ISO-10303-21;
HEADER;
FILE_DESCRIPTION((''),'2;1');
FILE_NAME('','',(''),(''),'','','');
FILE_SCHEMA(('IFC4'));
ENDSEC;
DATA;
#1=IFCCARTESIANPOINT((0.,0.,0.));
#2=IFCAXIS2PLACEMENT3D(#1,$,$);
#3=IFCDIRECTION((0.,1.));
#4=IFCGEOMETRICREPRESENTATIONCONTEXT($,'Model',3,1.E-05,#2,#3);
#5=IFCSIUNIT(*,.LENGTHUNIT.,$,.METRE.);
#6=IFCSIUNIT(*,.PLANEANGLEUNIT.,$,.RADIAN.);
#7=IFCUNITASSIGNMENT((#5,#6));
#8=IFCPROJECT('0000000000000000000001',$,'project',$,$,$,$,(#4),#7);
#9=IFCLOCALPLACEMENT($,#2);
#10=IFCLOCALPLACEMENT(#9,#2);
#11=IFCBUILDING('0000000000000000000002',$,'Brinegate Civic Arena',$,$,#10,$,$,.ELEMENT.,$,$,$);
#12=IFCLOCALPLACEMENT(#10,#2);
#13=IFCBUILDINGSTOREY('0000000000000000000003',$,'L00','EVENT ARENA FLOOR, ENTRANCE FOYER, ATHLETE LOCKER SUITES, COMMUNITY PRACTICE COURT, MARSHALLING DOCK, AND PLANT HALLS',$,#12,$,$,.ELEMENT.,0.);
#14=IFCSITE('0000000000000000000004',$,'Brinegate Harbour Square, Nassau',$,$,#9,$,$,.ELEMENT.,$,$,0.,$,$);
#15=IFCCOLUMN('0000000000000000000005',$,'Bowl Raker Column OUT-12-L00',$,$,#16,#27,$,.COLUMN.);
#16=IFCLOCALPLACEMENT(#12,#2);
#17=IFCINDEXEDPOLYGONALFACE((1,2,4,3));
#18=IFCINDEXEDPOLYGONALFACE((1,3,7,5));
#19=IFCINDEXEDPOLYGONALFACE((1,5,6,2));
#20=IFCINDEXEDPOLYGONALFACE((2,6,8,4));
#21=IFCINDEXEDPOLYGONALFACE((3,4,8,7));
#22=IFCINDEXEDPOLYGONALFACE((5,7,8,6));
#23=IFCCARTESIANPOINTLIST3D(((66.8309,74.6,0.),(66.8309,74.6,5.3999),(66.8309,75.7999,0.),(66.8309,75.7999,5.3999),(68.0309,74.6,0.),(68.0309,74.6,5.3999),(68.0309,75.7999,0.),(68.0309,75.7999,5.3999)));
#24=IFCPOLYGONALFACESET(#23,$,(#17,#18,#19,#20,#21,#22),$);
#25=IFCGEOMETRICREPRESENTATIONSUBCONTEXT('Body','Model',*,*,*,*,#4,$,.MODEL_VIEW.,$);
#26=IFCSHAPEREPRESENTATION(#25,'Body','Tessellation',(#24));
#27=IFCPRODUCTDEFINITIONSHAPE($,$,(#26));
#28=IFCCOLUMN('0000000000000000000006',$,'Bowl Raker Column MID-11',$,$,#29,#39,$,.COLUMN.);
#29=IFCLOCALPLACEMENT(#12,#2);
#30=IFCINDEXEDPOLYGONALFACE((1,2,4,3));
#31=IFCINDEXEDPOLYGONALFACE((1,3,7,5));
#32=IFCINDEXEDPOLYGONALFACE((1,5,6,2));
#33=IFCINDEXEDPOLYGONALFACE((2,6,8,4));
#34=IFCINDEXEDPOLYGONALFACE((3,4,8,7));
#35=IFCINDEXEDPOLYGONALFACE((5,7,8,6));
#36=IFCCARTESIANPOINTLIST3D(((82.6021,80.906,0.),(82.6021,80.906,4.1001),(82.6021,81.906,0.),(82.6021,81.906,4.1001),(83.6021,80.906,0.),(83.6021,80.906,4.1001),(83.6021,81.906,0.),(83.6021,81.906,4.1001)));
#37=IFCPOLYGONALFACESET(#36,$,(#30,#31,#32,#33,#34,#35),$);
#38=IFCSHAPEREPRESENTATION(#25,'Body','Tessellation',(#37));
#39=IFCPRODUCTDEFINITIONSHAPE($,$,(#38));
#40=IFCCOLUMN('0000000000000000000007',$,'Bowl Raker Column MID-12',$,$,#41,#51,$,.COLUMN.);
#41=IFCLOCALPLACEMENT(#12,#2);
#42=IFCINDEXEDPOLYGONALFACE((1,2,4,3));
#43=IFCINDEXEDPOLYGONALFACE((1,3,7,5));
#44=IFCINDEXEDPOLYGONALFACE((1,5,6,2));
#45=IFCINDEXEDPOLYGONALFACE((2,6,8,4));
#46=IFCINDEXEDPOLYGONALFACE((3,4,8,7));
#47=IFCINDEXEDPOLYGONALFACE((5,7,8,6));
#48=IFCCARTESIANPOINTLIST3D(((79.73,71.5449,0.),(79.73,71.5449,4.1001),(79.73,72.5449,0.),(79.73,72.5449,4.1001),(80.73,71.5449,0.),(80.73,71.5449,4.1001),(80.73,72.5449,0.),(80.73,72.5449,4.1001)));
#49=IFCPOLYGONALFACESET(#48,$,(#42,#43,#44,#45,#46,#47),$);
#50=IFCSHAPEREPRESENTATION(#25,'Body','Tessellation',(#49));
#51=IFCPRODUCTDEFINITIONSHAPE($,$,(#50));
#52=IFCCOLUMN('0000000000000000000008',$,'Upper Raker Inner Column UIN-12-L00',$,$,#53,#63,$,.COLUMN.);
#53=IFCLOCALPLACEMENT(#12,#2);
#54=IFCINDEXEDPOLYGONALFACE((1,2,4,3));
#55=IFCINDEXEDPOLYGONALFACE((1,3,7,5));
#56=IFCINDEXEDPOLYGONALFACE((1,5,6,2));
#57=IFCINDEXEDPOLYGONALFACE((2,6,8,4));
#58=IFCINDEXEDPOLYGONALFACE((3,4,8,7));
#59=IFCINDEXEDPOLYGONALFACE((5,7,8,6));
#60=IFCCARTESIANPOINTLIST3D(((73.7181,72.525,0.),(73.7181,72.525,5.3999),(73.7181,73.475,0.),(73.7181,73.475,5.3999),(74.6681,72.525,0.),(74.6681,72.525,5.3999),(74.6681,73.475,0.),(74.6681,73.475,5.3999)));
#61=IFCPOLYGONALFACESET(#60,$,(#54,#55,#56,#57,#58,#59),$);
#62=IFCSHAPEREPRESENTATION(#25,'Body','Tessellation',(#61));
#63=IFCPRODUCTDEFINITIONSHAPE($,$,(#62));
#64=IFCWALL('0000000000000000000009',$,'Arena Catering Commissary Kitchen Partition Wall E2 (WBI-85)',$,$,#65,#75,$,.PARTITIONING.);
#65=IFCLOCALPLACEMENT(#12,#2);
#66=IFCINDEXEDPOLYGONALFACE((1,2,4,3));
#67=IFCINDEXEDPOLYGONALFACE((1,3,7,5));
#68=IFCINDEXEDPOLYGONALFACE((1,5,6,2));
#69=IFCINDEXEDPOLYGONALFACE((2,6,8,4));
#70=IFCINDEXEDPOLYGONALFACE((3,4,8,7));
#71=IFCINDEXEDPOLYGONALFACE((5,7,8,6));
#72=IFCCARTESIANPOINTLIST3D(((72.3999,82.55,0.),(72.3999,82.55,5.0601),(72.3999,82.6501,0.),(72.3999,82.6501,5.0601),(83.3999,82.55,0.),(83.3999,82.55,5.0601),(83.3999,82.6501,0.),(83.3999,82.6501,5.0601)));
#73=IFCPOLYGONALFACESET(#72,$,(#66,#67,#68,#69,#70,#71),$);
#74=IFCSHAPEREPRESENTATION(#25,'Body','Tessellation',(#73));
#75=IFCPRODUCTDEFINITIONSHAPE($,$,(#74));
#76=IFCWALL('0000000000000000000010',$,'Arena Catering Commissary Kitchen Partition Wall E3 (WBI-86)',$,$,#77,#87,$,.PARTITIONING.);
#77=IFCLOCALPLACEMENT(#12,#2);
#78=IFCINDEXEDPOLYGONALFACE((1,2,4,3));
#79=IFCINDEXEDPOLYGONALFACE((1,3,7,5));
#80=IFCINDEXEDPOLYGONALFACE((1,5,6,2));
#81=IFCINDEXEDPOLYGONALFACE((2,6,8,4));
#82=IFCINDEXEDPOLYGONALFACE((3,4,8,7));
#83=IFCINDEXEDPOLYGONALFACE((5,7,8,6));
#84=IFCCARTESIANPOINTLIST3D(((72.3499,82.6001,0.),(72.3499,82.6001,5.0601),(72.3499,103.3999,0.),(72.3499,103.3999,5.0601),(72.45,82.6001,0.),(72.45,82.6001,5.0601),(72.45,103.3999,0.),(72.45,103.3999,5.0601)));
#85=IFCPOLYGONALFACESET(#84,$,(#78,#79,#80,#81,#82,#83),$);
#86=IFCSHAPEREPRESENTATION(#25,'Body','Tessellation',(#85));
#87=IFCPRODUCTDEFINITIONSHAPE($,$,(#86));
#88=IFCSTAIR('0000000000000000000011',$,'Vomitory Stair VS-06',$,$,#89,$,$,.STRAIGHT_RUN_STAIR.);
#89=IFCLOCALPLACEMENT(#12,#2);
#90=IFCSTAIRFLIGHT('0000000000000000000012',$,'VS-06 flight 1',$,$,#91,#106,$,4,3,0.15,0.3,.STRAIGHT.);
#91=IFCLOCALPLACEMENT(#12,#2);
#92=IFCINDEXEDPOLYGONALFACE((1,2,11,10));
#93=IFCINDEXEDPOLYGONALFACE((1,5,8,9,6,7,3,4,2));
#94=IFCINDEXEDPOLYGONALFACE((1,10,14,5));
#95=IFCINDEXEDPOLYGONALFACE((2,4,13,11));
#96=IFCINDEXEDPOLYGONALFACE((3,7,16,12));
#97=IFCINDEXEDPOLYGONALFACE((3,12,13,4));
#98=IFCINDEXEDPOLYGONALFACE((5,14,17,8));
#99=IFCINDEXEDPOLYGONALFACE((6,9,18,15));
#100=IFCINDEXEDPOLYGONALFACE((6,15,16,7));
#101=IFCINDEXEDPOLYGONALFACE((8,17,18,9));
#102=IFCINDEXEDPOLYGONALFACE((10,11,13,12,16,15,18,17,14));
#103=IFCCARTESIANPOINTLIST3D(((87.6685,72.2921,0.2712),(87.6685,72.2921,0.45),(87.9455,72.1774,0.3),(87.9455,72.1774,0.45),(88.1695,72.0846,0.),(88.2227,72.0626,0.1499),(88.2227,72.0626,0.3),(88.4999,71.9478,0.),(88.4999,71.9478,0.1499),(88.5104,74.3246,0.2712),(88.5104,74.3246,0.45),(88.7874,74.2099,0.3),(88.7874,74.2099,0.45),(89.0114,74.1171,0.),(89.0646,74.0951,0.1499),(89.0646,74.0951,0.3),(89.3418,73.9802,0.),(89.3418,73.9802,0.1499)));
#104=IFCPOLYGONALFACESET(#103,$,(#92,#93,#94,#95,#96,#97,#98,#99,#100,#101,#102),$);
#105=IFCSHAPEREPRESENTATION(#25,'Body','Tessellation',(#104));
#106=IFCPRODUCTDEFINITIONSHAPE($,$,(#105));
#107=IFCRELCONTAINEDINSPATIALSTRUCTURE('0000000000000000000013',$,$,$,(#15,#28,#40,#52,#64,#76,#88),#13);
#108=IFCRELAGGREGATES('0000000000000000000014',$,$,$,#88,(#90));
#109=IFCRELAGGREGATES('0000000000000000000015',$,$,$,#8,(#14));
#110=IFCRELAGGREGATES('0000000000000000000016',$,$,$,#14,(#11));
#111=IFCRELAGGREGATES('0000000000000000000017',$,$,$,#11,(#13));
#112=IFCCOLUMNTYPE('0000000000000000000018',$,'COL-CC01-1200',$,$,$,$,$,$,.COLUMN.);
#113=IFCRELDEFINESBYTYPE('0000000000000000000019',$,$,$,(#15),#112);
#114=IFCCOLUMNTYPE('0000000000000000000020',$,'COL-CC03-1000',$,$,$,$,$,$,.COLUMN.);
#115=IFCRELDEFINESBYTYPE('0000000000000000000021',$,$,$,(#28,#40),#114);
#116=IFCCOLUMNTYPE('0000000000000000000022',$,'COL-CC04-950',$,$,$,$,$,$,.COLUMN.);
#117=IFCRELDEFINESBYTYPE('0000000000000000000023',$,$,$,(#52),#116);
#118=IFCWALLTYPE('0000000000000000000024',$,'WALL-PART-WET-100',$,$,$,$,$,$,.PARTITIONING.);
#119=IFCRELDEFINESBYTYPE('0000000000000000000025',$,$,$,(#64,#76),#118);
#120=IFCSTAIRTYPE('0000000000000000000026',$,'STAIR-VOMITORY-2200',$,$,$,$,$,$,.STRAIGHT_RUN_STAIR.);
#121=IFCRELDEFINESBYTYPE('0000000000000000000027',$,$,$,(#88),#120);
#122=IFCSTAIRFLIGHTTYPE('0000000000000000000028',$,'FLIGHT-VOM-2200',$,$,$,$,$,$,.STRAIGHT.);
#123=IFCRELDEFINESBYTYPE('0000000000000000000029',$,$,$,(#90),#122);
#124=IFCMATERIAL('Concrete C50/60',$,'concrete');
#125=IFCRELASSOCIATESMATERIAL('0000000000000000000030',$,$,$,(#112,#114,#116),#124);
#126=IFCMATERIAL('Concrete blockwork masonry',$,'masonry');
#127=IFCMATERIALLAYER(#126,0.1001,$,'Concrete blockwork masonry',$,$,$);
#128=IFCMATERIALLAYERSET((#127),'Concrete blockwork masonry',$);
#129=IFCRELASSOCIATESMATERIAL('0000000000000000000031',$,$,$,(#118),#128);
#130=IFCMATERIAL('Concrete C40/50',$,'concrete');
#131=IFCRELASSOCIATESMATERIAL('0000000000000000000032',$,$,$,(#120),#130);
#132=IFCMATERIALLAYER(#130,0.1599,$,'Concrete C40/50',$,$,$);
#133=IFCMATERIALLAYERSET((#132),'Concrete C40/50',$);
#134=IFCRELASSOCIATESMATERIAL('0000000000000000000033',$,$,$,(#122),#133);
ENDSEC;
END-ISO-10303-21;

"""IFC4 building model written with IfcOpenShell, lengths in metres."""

from ifc_helpers import new_model, si_unit, direction, frame, frame_2d, origin, origin_2d, place, context, subcontext, project, spatial, polyline, rectangle, outline, extrude, material, layer, layer_set, material_profile, profile_set, type_object, element, aggregate, save


model = new_model("IFC4")

# Units and contexts
model_context = context("Model", 3, precision=1e-05, world=origin(), true_north=direction((0.0, 1.0)))
body_context = subcontext(model_context, "Body", "Model", "MODEL_VIEW")
ifc_project = project(units=[si_unit("LENGTHUNIT", "METRE"), si_unit("PLANEANGLEUNIT", "RADIAN")], contexts=[model_context])

# Site, building, storey
site_placement = place(None, origin())
site = spatial("IfcSite", under=ifc_project, at=site_placement, Name="Brinegate Harbour Square, Nassau", CompositionType="ELEMENT", RefElevation=0.0)
building_placement = place(site_placement, origin())
building = spatial("IfcBuilding", under=site, at=building_placement, Name="Brinegate Civic Arena", CompositionType="ELEMENT")
storey_placement = place(building_placement, origin())
storey = spatial("IfcBuildingStorey", under=building, at=storey_placement, Name="L00", Description="EVENT ARENA FLOOR, ENTRANCE FOYER, ATHLETE LOCKER SUITES, COMMUNITY PRACTICE COURT, MARSHALLING DOCK, AND PLANT HALLS", CompositionType="ELEMENT", Elevation=0.0)

# Shared definitions
ifc_material_1 = material(Name="Concrete C40/50", Category="concrete")

# Columns
ifc_material_2 = material(Name="Concrete C50/60", Category="concrete")
ifc_material_profile_1 = material_profile(ifc_material_2, rectangle(XDim=1.2, YDim=1.2, at=origin_2d()), Name="RC1200X1200")
ifc_profile_set_1 = profile_set([ifc_material_profile_1], Name="Concrete C50/60")
column_type_1 = type_object("IfcColumnType", Name="COL-CC01-1200", PredefinedType="COLUMN", material=ifc_profile_set_1)
for number, where, z_axis, x_axis, name in (
    (1, (67.4309, 75.2, 0.0), (0.0, 0.0, 1.0), (1.0, 0.0, 0.0), "Bowl Raker Column OUT-12-L00"),
):
    element("IfcColumn", number, at=place(storey_placement, frame(where, z_axis=z_axis, x_axis=x_axis)), inside=storey, type_object=column_type_1, Name=name, PredefinedType="COLUMN", context=body_context, shape_type="SweptSolid", body=[
        extrude(rectangle(XDim=1.2, YDim=1.2, at=origin_2d()), origin(), (0.0, 0.0, 1.0), 5.3999),
    ])
ifc_material_profile_2 = material_profile(ifc_material_2, rectangle(XDim=1.0, YDim=1.0, at=origin_2d()), Name="RC1000X1000")
ifc_profile_set_2 = profile_set([ifc_material_profile_2], Name="Concrete C50/60")
column_type_2 = type_object("IfcColumnType", Name="COL-CC03-1000", PredefinedType="COLUMN", material=ifc_profile_set_2)
for number, where, z_axis, x_axis, name in (
    (2, (83.1021, 81.406, 0.0), (0.0, 0.0, 1.0), (1.0, 0.0, 0.0), "Bowl Raker Column MID-11"),
    (3, (80.23, 72.0449, 0.0), (0.0, 0.0, 1.0), (1.0, 0.0, 0.0), "Bowl Raker Column MID-12"),
):
    element("IfcColumn", number, at=place(storey_placement, frame(where, z_axis=z_axis, x_axis=x_axis)), inside=storey, type_object=column_type_2, Name=name, PredefinedType="COLUMN", context=body_context, shape_type="SweptSolid", body=[
        extrude(rectangle(XDim=1.0, YDim=1.0, at=origin_2d()), origin(), (0.0, 0.0, 1.0), 4.1001),
    ])
ifc_material_profile_3 = material_profile(ifc_material_2, rectangle(XDim=0.95, YDim=0.95, at=origin_2d()), Name="RC950X950")
ifc_profile_set_3 = profile_set([ifc_material_profile_3], Name="Concrete C50/60")
column_type_3 = type_object("IfcColumnType", Name="COL-CC04-950", PredefinedType="COLUMN", material=ifc_profile_set_3)
column_placement = place(storey_placement, frame((74.1931, 73.0, 0.0), z_axis=(0.0, 0.0, 1.0), x_axis=(1.0, 0.0, 0.0)))
element("IfcColumn", 4, at=column_placement, inside=storey, type_object=column_type_3, Name="Upper Raker Inner Column UIN-12-L00", PredefinedType="COLUMN", context=body_context, shape_type="SweptSolid", body=[
    extrude(rectangle(XDim=0.95, YDim=0.95, at=origin_2d()), origin(), (0.0, 0.0, 1.0), 5.3999),
])

# Walls
ifc_material_3 = material(Name="Concrete blockwork masonry", Category="masonry")
ifc_layer_1 = layer(ifc_material_3, 0.1001, Name="Concrete blockwork masonry")
ifc_layer_set_1 = layer_set([ifc_layer_1], Name="Concrete blockwork masonry")
wall_type = type_object("IfcWallType", Name="WALL-PART-WET-100", PredefinedType="PARTITIONING", material=ifc_layer_set_1)
wall_1_placement = place(storey_placement, frame((83.3999, 82.6001, 0.0), z_axis=(0.0, 0.0, 1.0), x_axis=(-1.0, 0.0, 0.0)))
element("IfcWall", 5, at=wall_1_placement, inside=storey, type_object=wall_type, Name="Arena Catering Commissary Kitchen Partition Wall E2 (WBI-85)", PredefinedType="PARTITIONING", context=body_context, shape_type="SweptSolid", body=[
    extrude(rectangle(XDim=11.0, YDim=0.1001, at=frame_2d((5.5, 0.0))), origin(), (0.0, 0.0, 1.0), 5.0601),
])
wall_2_placement = place(storey_placement, frame((72.3999, 82.6001, 0.0), z_axis=(0.0, 0.0, 1.0), x_axis=(0.0, 1.0, 0.0)))
element("IfcWall", 6, at=wall_2_placement, inside=storey, type_object=wall_type, Name="Arena Catering Commissary Kitchen Partition Wall E3 (WBI-86)", PredefinedType="PARTITIONING", context=body_context, shape_type="SweptSolid", body=[
    extrude(rectangle(XDim=20.7998, YDim=0.1001, at=frame_2d((10.3999, 0.0))), origin(), (0.0, 0.0, 1.0), 5.0601),
])

# Stair, stair flight
stair_type = type_object("IfcStairType", Name="STAIR-VOMITORY-2200", PredefinedType="STRAIGHT_RUN_STAIR", material=ifc_material_1)
stair_placement = place(storey_placement, origin())
stair = element("IfcStair", 7, at=stair_placement, inside=storey, type_object=stair_type, Name="Vomitory Stair VS-06", PredefinedType="STRAIGHT_RUN_STAIR")
ifc_layer_2 = layer(ifc_material_1, 0.1599, Name="Concrete C40/50")
ifc_layer_set_2 = layer_set([ifc_layer_2], Name="Concrete C40/50")
stair_flight_type = type_object("IfcStairFlightType", Name="FLIGHT-VOM-2200", PredefinedType="STRAIGHT", material=ifc_layer_set_2)
stair_flight_placement = place(storey_placement, frame((88.9209, 72.9641, 0.0), z_axis=(0.0, 0.0, 1.0), x_axis=(-0.92388, 0.382683, 0.0)))
stair_flight = element("IfcStairFlight", 8, at=stair_flight_placement, type_object=stair_flight_type, Name="VS-06 flight 1", NumberOfRisers=4, NumberOfTreads=3, PredefinedType="STRAIGHT", RiserHeight=0.15, TreadLength=0.3, context=body_context, shape_type="SweptSolid", body=[
    extrude(outline(polyline([(0.0, 0.0), (0.0, 0.1499), (0.3, 0.1499), (0.3, 0.3), (0.6001, 0.3), (0.6001, 0.45), (0.8999, 0.45), (0.8999, 0.6001), (0.8999, 0.2712), (0.3577, 0.0), (0.0, 0.0)])), frame((0.0, 1.1001, 0.0), z_axis=(0.0, -1.0, 0.0), x_axis=(1.0, 0.0, 0.0)), (0.0, 0.0, 1.0), 2.2),
])
aggregate(stair, [stair_flight])

save(model, "model.ifc")
